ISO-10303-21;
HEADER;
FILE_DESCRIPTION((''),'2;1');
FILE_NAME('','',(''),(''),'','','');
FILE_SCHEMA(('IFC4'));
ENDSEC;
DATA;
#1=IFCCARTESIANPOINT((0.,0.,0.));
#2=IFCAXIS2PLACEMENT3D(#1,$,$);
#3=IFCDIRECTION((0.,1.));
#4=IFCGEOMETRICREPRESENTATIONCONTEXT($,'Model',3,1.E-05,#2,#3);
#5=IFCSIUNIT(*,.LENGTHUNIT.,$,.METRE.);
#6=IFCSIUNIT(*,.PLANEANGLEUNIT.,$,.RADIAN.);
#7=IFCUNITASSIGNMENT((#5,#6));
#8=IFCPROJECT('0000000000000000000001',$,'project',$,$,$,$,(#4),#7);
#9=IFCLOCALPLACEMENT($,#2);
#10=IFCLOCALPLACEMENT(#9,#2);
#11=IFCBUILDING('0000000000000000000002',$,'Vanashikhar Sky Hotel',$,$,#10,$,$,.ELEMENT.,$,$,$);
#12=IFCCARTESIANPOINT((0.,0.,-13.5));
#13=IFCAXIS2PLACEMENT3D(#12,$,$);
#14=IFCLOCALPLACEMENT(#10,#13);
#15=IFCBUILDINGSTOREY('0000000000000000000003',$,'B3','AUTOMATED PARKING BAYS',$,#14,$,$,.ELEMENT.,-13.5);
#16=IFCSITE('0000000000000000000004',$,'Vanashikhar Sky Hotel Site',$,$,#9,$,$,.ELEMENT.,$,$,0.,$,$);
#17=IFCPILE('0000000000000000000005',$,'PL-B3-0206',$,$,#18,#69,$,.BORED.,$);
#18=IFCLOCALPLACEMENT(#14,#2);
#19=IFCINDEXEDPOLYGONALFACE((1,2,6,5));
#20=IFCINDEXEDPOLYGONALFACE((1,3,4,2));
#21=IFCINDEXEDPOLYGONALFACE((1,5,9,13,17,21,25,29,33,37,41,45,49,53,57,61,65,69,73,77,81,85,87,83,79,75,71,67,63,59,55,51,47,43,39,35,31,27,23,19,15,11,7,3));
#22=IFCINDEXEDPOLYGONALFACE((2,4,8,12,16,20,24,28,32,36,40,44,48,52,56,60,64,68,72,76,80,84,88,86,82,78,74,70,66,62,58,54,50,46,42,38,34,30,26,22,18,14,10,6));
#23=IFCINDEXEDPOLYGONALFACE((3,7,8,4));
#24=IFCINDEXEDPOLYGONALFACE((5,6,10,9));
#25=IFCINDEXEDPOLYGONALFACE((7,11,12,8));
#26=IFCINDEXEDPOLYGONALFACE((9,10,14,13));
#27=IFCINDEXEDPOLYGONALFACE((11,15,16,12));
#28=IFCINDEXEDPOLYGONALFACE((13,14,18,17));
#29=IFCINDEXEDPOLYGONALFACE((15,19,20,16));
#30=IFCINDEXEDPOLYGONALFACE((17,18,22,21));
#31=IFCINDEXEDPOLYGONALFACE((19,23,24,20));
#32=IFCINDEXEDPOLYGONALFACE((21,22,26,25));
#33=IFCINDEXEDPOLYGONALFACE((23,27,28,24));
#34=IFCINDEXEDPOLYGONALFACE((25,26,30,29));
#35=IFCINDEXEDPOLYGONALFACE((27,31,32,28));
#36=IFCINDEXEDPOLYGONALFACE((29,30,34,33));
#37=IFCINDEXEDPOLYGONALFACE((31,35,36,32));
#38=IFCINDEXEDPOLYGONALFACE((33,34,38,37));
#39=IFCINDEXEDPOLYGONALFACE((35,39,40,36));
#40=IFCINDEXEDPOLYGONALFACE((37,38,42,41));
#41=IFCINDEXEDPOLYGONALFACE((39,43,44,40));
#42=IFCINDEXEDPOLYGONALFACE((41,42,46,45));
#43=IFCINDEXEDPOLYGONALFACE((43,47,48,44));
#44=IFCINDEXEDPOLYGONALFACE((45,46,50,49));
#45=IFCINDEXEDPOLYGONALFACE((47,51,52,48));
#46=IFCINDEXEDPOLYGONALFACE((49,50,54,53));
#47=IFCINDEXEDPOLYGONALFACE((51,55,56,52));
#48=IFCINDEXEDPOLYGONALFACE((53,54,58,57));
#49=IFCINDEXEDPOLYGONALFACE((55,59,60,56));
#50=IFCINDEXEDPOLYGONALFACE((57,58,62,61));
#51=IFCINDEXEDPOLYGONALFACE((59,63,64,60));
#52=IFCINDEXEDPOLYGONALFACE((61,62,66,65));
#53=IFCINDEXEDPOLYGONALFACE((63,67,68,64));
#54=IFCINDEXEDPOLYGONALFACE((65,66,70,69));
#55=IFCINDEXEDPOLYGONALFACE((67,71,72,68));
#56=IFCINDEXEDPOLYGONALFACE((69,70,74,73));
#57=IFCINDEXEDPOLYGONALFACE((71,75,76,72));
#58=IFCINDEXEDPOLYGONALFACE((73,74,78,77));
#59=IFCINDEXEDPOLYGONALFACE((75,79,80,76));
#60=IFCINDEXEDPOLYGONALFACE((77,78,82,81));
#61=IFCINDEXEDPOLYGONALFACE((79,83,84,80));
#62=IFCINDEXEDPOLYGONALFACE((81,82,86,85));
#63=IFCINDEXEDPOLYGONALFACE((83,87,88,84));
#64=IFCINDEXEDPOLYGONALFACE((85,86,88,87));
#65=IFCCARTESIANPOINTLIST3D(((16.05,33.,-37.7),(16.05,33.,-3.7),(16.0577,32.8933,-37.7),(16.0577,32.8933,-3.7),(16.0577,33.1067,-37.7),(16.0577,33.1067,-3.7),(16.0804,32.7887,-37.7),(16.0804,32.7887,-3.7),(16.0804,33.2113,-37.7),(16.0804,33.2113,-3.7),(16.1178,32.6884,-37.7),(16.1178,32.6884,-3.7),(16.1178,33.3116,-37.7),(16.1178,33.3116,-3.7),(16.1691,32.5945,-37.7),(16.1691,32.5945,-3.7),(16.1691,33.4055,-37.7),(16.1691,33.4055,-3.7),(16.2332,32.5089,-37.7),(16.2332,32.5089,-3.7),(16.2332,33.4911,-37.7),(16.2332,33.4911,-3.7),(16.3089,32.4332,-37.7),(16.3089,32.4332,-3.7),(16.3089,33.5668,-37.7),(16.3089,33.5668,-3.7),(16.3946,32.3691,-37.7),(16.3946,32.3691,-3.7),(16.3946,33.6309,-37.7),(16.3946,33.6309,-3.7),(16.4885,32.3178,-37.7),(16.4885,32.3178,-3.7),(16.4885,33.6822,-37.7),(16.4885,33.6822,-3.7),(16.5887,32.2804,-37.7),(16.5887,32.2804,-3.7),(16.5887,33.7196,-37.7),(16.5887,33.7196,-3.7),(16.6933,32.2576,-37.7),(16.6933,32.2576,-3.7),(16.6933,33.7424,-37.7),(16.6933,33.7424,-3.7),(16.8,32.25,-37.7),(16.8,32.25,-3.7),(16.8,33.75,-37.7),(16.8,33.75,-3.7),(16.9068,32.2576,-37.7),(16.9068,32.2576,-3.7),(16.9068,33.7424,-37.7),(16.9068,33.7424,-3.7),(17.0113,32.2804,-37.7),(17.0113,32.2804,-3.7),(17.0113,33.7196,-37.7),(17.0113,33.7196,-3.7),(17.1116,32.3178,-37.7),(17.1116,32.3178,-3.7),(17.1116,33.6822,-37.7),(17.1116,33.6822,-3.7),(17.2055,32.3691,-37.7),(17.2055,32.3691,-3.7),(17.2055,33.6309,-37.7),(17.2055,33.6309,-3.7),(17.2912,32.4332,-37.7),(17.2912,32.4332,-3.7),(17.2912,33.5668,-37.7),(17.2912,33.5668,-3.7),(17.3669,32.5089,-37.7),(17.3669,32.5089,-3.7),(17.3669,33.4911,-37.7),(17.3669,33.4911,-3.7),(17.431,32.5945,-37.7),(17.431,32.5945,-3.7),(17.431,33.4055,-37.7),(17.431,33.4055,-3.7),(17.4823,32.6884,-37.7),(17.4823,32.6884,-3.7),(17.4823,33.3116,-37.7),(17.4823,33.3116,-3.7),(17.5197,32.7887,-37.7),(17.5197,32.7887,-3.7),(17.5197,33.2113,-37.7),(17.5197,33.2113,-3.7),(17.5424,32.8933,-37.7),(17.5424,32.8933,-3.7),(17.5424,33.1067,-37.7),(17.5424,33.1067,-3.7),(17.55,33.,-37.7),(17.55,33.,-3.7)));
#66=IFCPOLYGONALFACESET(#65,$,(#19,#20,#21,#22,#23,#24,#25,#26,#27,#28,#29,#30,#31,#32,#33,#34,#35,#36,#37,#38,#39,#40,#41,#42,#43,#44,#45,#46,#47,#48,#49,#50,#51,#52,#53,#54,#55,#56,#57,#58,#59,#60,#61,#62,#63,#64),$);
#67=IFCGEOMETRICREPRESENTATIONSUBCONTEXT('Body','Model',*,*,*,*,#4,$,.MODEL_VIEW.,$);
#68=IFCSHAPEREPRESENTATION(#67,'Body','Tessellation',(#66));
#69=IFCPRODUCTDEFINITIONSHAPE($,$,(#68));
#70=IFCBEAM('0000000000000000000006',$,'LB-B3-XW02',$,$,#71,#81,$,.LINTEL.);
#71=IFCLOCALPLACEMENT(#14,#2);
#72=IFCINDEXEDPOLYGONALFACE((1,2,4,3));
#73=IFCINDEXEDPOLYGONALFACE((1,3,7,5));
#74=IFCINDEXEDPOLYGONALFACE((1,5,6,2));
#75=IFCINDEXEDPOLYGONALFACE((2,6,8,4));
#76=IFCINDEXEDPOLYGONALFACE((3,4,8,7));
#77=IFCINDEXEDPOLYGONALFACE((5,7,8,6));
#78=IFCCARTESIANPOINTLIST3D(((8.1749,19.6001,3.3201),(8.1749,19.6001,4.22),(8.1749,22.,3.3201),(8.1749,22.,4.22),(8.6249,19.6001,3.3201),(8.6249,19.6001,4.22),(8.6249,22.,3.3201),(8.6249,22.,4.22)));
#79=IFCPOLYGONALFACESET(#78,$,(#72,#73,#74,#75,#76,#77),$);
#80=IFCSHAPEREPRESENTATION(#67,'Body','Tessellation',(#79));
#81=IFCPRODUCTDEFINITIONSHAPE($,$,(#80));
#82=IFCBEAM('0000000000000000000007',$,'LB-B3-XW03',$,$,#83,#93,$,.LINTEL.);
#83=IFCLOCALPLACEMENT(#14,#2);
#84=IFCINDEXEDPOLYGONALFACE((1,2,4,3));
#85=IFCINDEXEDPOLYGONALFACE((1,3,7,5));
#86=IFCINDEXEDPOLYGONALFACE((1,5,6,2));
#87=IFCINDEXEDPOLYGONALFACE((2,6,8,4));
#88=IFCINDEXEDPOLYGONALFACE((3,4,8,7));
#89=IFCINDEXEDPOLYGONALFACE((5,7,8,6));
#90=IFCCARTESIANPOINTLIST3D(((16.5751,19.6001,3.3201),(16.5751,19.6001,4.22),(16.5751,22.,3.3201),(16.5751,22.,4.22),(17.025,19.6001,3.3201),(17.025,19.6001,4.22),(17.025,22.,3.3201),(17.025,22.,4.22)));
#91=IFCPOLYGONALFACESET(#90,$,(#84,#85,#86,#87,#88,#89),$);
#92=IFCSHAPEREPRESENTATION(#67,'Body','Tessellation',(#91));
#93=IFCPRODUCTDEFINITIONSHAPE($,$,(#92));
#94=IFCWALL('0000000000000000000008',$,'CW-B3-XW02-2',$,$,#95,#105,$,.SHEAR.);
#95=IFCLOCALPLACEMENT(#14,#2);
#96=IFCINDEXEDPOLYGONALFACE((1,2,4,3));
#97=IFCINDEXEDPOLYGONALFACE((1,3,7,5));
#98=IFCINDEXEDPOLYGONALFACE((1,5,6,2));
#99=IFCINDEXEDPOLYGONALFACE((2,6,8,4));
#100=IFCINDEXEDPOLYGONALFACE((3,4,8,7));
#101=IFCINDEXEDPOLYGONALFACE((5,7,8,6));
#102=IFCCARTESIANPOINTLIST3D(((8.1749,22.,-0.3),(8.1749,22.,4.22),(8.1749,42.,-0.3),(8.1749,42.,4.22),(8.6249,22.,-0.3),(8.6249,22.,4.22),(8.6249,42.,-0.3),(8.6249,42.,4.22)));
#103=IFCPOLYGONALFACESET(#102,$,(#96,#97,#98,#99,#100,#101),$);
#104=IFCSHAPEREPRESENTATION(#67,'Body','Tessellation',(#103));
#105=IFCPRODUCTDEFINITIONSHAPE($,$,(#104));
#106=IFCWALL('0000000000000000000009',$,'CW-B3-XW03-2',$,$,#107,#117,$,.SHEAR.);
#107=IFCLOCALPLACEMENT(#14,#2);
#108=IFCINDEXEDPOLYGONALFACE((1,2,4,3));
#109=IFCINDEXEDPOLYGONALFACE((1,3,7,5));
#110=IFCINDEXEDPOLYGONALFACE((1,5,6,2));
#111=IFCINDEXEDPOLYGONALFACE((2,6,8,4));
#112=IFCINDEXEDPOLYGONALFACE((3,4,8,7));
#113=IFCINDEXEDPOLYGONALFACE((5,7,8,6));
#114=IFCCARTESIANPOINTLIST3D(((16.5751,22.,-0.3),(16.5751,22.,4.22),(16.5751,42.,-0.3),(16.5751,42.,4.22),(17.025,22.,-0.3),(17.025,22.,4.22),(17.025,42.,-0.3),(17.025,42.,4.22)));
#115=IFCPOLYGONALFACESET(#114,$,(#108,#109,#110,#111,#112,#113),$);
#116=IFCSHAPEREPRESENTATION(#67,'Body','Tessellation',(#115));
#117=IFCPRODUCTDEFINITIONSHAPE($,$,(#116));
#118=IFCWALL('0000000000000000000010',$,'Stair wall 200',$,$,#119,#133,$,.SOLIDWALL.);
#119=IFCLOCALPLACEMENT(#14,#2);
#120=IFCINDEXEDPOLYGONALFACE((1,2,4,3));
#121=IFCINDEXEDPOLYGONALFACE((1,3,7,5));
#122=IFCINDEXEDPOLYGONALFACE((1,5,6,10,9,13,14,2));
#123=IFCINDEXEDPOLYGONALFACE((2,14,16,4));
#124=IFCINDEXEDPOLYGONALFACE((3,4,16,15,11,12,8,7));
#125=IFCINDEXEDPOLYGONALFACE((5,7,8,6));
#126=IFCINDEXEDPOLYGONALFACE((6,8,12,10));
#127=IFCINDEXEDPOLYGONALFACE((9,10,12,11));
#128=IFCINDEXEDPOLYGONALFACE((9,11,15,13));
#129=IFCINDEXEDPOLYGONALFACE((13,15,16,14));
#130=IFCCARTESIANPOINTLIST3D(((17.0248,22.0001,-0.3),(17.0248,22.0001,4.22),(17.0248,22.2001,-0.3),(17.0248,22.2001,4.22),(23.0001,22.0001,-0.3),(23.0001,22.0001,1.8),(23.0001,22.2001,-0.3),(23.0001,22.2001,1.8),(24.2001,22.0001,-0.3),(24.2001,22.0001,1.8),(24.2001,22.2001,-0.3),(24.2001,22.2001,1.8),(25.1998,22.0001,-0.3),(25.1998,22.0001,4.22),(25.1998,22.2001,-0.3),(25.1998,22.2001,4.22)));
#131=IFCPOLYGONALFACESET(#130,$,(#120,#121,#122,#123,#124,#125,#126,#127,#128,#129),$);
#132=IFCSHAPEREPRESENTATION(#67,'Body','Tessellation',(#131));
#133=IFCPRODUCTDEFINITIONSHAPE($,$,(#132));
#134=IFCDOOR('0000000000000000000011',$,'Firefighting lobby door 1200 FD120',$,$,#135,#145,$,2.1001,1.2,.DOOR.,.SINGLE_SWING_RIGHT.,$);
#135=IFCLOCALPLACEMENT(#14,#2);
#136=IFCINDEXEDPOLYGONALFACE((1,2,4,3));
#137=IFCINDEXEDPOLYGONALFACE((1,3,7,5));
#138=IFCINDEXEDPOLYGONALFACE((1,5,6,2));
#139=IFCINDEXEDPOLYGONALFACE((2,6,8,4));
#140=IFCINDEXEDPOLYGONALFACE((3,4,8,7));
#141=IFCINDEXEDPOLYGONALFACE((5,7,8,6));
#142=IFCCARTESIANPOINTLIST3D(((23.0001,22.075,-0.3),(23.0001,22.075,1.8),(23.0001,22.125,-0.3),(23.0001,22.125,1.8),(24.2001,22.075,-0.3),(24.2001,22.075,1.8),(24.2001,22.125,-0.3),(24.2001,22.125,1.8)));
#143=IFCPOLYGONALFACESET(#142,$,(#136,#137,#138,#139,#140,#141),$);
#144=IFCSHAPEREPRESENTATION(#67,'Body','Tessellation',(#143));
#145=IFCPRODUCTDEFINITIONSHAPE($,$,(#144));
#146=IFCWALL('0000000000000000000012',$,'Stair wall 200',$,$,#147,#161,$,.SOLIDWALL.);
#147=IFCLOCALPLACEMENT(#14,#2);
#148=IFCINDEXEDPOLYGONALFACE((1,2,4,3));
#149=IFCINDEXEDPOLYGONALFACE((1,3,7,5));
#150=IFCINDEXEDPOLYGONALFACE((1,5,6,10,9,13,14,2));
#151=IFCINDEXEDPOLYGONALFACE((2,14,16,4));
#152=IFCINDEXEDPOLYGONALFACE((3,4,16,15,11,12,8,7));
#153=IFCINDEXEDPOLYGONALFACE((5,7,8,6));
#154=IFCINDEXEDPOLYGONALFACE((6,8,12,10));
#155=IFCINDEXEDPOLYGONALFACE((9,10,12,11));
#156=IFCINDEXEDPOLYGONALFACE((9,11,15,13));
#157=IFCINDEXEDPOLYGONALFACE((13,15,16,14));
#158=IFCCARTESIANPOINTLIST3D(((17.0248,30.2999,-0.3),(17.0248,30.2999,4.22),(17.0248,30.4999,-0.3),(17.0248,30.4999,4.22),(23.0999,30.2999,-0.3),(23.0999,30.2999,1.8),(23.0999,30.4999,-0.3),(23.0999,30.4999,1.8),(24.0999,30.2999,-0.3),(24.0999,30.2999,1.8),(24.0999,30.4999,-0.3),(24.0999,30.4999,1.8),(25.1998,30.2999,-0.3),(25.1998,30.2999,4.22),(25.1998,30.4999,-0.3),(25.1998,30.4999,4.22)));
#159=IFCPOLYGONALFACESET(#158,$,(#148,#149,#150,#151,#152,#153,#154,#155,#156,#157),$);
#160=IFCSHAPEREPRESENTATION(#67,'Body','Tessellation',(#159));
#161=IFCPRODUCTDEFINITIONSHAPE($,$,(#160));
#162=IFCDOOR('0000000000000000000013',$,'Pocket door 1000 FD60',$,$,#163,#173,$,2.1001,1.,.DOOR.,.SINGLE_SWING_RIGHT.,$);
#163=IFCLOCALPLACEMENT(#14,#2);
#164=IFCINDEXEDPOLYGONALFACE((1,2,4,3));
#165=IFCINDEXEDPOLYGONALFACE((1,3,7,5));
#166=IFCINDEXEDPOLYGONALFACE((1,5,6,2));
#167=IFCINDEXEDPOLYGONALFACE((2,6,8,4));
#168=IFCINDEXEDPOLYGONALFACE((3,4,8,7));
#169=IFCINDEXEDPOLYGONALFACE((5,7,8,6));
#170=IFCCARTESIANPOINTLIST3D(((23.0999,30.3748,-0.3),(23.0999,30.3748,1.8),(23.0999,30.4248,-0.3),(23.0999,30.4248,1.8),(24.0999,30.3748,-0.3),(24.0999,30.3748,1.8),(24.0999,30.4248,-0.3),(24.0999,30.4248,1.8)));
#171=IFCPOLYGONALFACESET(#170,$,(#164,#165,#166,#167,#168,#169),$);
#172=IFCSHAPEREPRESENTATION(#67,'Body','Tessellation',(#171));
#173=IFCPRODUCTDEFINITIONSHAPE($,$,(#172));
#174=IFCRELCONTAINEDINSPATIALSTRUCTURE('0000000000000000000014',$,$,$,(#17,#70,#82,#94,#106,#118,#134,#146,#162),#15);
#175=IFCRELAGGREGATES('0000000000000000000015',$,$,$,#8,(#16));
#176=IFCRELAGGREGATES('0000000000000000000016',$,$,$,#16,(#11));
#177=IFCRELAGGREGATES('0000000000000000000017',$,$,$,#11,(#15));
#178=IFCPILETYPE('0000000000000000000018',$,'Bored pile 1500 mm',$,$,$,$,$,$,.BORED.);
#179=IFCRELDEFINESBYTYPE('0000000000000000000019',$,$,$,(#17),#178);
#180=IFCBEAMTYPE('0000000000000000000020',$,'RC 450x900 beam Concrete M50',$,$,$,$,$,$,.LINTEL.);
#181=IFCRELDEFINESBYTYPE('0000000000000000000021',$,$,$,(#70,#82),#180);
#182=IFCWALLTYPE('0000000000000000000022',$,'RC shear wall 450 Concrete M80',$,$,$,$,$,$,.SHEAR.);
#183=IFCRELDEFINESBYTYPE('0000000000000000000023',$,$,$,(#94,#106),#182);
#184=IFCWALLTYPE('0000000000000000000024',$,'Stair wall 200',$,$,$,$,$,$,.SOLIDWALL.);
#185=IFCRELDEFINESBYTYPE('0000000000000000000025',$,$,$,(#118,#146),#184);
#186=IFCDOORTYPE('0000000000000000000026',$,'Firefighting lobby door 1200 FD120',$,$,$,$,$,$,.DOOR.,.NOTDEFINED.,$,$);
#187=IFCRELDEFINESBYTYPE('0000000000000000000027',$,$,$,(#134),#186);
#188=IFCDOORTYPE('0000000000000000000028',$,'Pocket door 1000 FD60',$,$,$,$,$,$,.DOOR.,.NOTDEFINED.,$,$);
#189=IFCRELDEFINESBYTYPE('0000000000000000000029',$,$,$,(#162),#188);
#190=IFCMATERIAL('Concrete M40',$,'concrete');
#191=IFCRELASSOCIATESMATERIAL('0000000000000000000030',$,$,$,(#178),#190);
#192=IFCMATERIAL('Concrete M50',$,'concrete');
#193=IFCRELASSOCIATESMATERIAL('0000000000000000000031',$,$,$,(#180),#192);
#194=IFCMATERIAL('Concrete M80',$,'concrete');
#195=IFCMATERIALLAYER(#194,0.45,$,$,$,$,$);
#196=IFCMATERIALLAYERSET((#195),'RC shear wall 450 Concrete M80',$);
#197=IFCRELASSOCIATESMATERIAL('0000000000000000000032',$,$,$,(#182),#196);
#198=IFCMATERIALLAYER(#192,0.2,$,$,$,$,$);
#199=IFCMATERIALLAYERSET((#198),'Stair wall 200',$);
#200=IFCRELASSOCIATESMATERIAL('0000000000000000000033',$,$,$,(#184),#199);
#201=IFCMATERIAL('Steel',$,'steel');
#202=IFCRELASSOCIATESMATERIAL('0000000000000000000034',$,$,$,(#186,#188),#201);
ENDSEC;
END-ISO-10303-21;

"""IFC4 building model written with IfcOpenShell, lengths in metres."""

from ifc_helpers import new_model, si_unit, direction, frame, frame_2d, origin, origin_2d, place, context, subcontext, project, spatial, rectangle, circle, extrude, source, transform, mapped, material, layer, layer_set, material_profile, profile_set, type_object, element, fill, save


model = new_model("IFC4")

# Units and contexts
model_context = context("Model", 3, precision=1e-05, world=origin(), true_north=direction((0.0, 1.0)))
body_context = subcontext(model_context, "Body", "Model", "MODEL_VIEW")
ifc_project = project(units=[si_unit("LENGTHUNIT", "METRE"), si_unit("PLANEANGLEUNIT", "RADIAN")], contexts=[model_context])

# Site, building, storey
site_placement = place(None, origin())
site = spatial("IfcSite", under=ifc_project, at=site_placement, Name="Vanashikhar Sky Hotel Site", CompositionType="ELEMENT", RefElevation=0.0)
building_placement = place(site_placement, origin())
building = spatial("IfcBuilding", under=site, at=building_placement, Name="Vanashikhar Sky Hotel", CompositionType="ELEMENT")
storey_placement = place(building_placement, frame((0.0, 0.0, -13.5)))
storey = spatial("IfcBuildingStorey", under=building, at=storey_placement, Name="B3", Description="AUTOMATED PARKING BAYS", CompositionType="ELEMENT", Elevation=-13.5)

# Pile
ifc_material_1 = material(Name="Concrete M40", Category="concrete")
pile_type = type_object("IfcPileType", Name="Bored pile 1500 mm", PredefinedType="BORED", material=ifc_material_1)
shared_shape_1 = source(origin(), body_context, "Body", "SweptSolid", [
    extrude(circle(Radius=0.75, at=origin_2d()), origin(), (0.0, 0.0, 1.0), 34.0),
])
for number, where, z_axis, x_axis, name in (
    (1, (16.8, 33.0, -3.7), (0.0, 0.0, -1.0), (1.0, 0.0, 0.0), "PL-B3-0206"),
):
    element("IfcPile", number, at=place(storey_placement, frame(where, z_axis=z_axis, x_axis=x_axis)), inside=storey, type_object=pile_type, Name=name, PredefinedType="BORED", context=body_context, shape_type="MappedRepresentation", body=[
        mapped(shared_shape_1, transform((0.0, 0.0, 0.0), scale=1.0)),
    ])

# Beams
ifc_material_2 = material(Name="Concrete M50", Category="concrete")
ifc_material_profile = material_profile(ifc_material_2, rectangle(XDim=0.45, YDim=0.8999, at=origin_2d()))
ifc_profile_set = profile_set([ifc_material_profile], Name="RC 450x900 beam Concrete M50")
beam_type = type_object("IfcBeamType", Name="RC 450x900 beam Concrete M50", PredefinedType="LINTEL", material=ifc_profile_set)
shared_shape_2 = source(origin(), body_context, "Body", "SweptSolid", [
    extrude(rectangle(XDim=0.45, YDim=0.8999, at=origin_2d()), origin(), (0.0, 0.0, 1.0), 2.3999),
])
for number, where, z_axis, x_axis, name in (
    (2, (8.3999, 19.6001, 3.77), (0.0, 1.0, 0.0), (-1.0, 0.0, 0.0), "LB-B3-XW02"),
    (3, (16.8, 19.6001, 3.77), (0.0, 1.0, 0.0), (-1.0, 0.0, 0.0), "LB-B3-XW03"),
):
    element("IfcBeam", number, at=place(storey_placement, frame(where, z_axis=z_axis, x_axis=x_axis)), inside=storey, type_object=beam_type, Name=name, PredefinedType="LINTEL", context=body_context, shape_type="MappedRepresentation", body=[
        mapped(shared_shape_2, transform((0.0, 0.0, 0.0), scale=1.0)),
    ])

# Walls
ifc_material_3 = material(Name="Concrete M80", Category="concrete")
ifc_layer_1 = layer(ifc_material_3, 0.45)
ifc_layer_set_1 = layer_set([ifc_layer_1], Name="RC shear wall 450 Concrete M80")
wall_type_1 = type_object("IfcWallType", Name="RC shear wall 450 Concrete M80", PredefinedType="SHEAR", material=ifc_layer_set_1)
shared_shape_3 = source(origin(), body_context, "Body", "SweptSolid", [
    extrude(rectangle(XDim=20.0, YDim=0.45, at=frame_2d((10.0, 0.0))), origin(), (0.0, 0.0, 1.0), 4.52),
])
for number, where, z_axis, x_axis, name in (
    (4, (8.3999, 22.0, -0.3), (0.0, 0.0, 1.0), (0.0, 1.0, 0.0), "CW-B3-XW02-2"),
    (5, (16.8, 22.0, -0.3), (0.0, 0.0, 1.0), (0.0, 1.0, 0.0), "CW-B3-XW03-2"),
):
    element("IfcWall", number, at=place(storey_placement, frame(where, z_axis=z_axis, x_axis=x_axis)), inside=storey, type_object=wall_type_1, Name=name, PredefinedType="SHEAR", context=body_context, shape_type="MappedRepresentation", body=[
        mapped(shared_shape_3, transform((0.0, 0.0, 0.0), scale=1.0)),
    ])

# Walls, openings, doors
ifc_layer_2 = layer(ifc_material_2, 0.2)
ifc_layer_set_2 = layer_set([ifc_layer_2], Name="Stair wall 200")
wall_type_2 = type_object("IfcWallType", Name="Stair wall 200", PredefinedType="SOLIDWALL", material=ifc_layer_set_2)
shared_shape_4 = source(origin(), body_context, "Body", "SweptSolid", [
    extrude(rectangle(XDim=8.175, YDim=0.2, at=frame_2d((4.0874, 0.0))), origin(), (0.0, 0.0, 1.0), 4.52),
])
wall_1_placement = place(storey_placement, frame((17.0249, 22.1001, -0.3), z_axis=(0.0, 0.0, 1.0), x_axis=(1.0, 0.0, 0.0)))
wall_1 = element("IfcWall", 6, at=wall_1_placement, inside=storey, type_object=wall_type_2, Name="Stair wall 200", PredefinedType="SOLIDWALL", context=body_context, shape_type="MappedRepresentation", body=[
    mapped(shared_shape_4, transform((0.0, 0.0, 0.0), scale=1.0)),
])
shared_shape_5 = source(origin(), body_context, "Body", "SweptSolid", [
    extrude(rectangle(XDim=1.2, YDim=2.1001, at=frame_2d((0.6001, 1.05))), frame((0.0, 0.1099, 0.0), z_axis=(0.0, -1.0, 0.0), x_axis=(1.0, 0.0, 0.0)), (0.0, 0.0, 1.0), 0.22),
])
opening_1_placement = place(wall_1_placement, frame((5.9751, 0.0, 0.0)))
opening_1 = element("IfcOpeningElement", 7, at=opening_1_placement, cuts=wall_1, PredefinedType="OPENING", context=body_context, shape_type="MappedRepresentation", body=[
    mapped(shared_shape_5, transform((0.0, 0.0, 0.0), scale=1.0)),
])
ifc_material_4 = material(Name="Steel", Category="steel")
door_type_1 = type_object("IfcDoorType", Name="Firefighting lobby door 1200 FD120", OperationType="NOTDEFINED", PredefinedType="DOOR", material=ifc_material_4)
shared_shape_6 = source(origin(), body_context, "Body", "SweptSolid", [
    extrude(rectangle(XDim=1.2, YDim=2.1001, at=frame_2d((0.6001, 1.05))), frame((0.0, 0.0249, 0.0), z_axis=(0.0, -1.0, 0.0), x_axis=(1.0, 0.0, 0.0)), (0.0, 0.0, 1.0), 0.05),
])
door_1_placement = place(opening_1_placement, origin())
door_1 = element("IfcDoor", 8, at=door_1_placement, inside=storey, type_object=door_type_1, Name="Firefighting lobby door 1200 FD120", OperationType="SINGLE_SWING_RIGHT", OverallHeight=2.1001, OverallWidth=1.2, PredefinedType="DOOR", context=body_context, shape_type="MappedRepresentation", body=[
    mapped(shared_shape_6, transform((0.0, 0.0, 0.0), scale=1.0)),
])
fill(opening_1, door_1)
wall_2_placement = place(storey_placement, frame((17.0249, 30.3999, -0.3), z_axis=(0.0, 0.0, 1.0), x_axis=(1.0, 0.0, 0.0)))
wall_2 = element("IfcWall", 9, at=wall_2_placement, inside=storey, type_object=wall_type_2, Name="Stair wall 200", PredefinedType="SOLIDWALL", context=body_context, shape_type="MappedRepresentation", body=[
    mapped(shared_shape_4, transform((0.0, 0.0, 0.0), scale=1.0)),
])
shared_shape_7 = source(origin(), body_context, "Body", "SweptSolid", [
    extrude(rectangle(XDim=1.0, YDim=2.1001, at=frame_2d((0.5, 1.05))), frame((0.0, 0.1099, 0.0), z_axis=(0.0, -1.0, 0.0), x_axis=(1.0, 0.0, 0.0)), (0.0, 0.0, 1.0), 0.22),
])
opening_2_placement = place(wall_2_placement, frame((6.075, 0.0, 0.0)))
opening_2 = element("IfcOpeningElement", 10, at=opening_2_placement, cuts=wall_2, PredefinedType="OPENING", context=body_context, shape_type="MappedRepresentation", body=[
    mapped(shared_shape_7, transform((0.0, 0.0, 0.0), scale=1.0)),
])
door_type_2 = type_object("IfcDoorType", Name="Pocket door 1000 FD60", OperationType="NOTDEFINED", PredefinedType="DOOR", material=ifc_material_4)
shared_shape_8 = source(origin(), body_context, "Body", "SweptSolid", [
    extrude(rectangle(XDim=1.0, YDim=2.1001, at=frame_2d((0.5, 1.05))), frame((0.0, 0.0249, 0.0), z_axis=(0.0, -1.0, 0.0), x_axis=(1.0, 0.0, 0.0)), (0.0, 0.0, 1.0), 0.05),
])
door_2_placement = place(opening_2_placement, origin())
door_2 = element("IfcDoor", 11, at=door_2_placement, inside=storey, type_object=door_type_2, Name="Pocket door 1000 FD60", OperationType="SINGLE_SWING_RIGHT", OverallHeight=2.1001, OverallWidth=1.0, PredefinedType="DOOR", context=body_context, shape_type="MappedRepresentation", body=[
    mapped(shared_shape_8, transform((0.0, 0.0, 0.0), scale=1.0)),
])
fill(opening_2, door_2)

save(model, "model.ifc")
